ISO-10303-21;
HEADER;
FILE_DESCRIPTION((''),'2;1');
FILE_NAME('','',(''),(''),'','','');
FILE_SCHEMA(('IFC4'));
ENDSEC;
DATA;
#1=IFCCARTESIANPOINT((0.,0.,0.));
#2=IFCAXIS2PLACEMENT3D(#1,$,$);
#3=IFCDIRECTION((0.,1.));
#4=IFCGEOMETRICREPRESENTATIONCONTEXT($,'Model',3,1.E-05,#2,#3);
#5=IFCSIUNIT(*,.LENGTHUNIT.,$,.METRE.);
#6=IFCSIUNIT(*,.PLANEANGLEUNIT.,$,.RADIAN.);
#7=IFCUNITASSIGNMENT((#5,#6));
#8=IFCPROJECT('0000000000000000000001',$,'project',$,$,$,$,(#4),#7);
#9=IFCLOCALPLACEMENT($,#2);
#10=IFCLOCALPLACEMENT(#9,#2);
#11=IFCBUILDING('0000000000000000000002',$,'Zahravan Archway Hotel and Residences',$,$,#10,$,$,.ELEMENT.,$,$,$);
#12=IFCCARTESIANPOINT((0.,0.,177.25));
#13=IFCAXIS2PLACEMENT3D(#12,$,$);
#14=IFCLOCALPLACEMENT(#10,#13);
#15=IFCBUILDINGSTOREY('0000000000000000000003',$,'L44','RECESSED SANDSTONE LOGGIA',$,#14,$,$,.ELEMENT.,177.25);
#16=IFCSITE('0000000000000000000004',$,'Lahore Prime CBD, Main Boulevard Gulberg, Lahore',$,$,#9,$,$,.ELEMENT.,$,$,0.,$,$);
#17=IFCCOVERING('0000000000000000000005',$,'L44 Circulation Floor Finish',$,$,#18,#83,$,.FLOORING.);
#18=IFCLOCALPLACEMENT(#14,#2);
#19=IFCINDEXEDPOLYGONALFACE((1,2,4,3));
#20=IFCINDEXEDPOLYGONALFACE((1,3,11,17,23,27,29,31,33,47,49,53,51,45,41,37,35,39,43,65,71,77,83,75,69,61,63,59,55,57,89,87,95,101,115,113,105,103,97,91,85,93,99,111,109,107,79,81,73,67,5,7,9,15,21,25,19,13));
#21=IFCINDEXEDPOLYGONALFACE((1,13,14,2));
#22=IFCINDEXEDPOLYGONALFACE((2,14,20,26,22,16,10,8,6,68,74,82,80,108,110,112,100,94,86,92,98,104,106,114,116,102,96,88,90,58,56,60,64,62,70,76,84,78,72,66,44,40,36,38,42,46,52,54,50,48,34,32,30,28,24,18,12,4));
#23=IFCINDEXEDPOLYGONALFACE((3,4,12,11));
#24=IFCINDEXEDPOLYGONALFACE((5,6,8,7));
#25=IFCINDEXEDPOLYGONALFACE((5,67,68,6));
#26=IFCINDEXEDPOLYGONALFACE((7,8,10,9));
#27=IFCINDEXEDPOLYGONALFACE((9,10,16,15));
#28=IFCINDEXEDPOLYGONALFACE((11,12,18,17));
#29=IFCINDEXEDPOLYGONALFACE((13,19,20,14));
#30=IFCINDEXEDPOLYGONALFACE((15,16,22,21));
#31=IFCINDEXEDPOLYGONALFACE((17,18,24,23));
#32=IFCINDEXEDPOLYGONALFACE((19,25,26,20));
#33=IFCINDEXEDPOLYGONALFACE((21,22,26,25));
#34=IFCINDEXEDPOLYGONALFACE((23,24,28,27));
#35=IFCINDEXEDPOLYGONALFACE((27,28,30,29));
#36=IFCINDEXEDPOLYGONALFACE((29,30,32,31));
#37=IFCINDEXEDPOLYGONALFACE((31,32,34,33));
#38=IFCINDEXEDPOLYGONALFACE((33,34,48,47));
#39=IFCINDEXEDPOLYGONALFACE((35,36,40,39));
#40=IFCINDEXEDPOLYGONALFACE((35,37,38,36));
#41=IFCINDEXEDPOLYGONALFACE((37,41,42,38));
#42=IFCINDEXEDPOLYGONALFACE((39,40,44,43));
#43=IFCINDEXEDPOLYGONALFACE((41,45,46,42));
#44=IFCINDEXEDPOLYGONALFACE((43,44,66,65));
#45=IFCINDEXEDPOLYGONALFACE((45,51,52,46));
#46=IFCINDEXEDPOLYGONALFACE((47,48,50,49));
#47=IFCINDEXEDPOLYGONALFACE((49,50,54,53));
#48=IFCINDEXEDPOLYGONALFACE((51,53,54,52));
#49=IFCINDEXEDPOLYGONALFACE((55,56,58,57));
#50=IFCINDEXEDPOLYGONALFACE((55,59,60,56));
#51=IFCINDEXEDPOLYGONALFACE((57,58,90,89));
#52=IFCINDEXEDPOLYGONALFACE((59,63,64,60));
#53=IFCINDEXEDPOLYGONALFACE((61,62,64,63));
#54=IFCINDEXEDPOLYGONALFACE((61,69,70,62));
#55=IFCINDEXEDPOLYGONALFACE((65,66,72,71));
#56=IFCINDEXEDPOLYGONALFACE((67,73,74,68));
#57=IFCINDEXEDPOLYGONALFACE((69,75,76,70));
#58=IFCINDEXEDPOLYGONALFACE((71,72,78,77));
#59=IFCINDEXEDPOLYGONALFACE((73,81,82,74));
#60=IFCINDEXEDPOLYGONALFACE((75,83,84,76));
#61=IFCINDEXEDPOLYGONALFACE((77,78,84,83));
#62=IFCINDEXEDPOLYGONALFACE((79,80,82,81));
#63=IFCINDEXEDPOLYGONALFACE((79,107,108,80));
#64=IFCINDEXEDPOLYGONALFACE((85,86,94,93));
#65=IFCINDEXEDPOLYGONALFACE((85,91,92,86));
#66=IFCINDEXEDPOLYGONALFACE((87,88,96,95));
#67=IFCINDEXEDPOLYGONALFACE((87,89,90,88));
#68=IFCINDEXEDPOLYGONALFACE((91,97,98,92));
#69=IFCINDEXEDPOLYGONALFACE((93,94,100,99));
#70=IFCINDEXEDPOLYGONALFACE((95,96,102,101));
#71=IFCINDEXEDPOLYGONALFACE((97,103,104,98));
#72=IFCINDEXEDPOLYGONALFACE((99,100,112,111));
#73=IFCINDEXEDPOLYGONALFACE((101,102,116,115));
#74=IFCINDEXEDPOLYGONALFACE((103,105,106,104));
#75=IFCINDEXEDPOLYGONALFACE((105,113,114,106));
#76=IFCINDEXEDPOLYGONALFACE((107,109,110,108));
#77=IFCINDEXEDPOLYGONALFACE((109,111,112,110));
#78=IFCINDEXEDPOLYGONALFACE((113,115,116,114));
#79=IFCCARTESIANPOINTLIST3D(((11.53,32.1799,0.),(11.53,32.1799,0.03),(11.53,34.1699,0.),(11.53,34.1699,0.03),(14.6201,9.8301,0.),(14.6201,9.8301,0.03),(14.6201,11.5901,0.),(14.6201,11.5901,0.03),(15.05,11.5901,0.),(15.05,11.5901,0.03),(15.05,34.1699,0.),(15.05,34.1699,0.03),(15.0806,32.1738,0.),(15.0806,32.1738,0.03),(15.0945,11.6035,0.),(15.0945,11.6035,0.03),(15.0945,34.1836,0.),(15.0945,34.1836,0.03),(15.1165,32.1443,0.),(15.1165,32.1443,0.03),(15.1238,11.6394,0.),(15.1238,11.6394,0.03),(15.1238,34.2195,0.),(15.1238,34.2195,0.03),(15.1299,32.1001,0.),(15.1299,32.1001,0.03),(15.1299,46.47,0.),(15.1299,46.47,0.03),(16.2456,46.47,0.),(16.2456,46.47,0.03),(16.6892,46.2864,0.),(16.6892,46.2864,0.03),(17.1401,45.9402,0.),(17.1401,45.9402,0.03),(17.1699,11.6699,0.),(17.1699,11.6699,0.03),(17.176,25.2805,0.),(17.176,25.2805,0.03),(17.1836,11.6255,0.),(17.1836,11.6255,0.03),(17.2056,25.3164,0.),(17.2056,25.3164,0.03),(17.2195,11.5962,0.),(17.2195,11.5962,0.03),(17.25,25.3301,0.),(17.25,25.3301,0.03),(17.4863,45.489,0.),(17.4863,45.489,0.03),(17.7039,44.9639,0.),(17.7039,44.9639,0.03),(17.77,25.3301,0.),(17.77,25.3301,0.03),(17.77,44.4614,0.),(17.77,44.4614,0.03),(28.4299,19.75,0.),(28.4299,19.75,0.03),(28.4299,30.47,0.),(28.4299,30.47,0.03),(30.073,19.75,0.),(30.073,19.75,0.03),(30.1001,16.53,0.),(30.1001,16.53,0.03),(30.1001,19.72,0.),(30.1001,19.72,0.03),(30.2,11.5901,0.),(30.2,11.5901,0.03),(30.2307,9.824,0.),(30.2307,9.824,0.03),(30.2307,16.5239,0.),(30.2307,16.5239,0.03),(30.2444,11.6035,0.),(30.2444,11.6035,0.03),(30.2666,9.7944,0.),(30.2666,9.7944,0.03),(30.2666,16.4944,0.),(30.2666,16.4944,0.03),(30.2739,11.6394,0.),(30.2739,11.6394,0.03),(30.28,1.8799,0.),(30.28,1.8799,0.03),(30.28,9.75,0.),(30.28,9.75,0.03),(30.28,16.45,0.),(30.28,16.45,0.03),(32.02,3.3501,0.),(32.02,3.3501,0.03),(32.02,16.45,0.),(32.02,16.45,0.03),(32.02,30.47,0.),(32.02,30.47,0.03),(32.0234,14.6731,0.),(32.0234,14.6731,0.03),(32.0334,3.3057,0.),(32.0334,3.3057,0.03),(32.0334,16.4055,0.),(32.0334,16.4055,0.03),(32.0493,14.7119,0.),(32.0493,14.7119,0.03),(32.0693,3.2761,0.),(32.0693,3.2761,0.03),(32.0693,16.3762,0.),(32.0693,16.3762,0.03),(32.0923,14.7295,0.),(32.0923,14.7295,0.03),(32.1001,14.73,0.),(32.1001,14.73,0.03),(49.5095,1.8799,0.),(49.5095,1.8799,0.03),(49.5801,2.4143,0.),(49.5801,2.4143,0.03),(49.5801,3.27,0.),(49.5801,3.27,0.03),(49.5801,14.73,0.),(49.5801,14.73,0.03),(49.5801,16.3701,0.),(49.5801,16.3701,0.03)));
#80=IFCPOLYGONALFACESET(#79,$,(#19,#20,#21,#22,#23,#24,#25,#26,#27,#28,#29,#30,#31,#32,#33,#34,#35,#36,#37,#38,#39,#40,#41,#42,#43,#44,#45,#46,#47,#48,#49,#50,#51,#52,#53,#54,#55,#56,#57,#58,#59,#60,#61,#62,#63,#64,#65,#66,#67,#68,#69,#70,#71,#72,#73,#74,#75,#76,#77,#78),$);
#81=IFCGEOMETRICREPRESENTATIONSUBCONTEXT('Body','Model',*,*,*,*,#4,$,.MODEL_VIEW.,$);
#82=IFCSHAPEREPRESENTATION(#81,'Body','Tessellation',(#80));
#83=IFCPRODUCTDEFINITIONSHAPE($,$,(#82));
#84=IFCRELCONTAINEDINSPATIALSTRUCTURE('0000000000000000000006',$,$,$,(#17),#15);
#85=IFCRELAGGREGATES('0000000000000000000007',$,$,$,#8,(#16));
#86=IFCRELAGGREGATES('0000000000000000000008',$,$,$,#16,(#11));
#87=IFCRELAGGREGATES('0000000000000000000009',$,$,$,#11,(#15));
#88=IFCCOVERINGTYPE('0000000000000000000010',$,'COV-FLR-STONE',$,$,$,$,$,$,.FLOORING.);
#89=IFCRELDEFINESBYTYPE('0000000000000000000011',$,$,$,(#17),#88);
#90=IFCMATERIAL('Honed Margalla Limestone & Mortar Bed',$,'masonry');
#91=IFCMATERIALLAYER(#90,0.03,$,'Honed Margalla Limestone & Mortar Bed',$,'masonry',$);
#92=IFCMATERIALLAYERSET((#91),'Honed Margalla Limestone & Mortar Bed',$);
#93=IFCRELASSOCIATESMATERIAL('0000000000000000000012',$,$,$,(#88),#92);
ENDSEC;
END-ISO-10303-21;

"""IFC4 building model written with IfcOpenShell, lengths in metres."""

from ifc_helpers import new_model, si_unit, direction, frame, origin, place, context, subcontext, project, spatial, polyline, outline, extrude, material, layer, layer_set, type_object, element, save


model = new_model("IFC4")

# Units and contexts
model_context = context("Model", 3, precision=1e-05, world=origin(), true_north=direction((0.0, 1.0)))
body_context = subcontext(model_context, "Body", "Model", "MODEL_VIEW")
ifc_project = project(units=[si_unit("LENGTHUNIT", "METRE"), si_unit("PLANEANGLEUNIT", "RADIAN")], contexts=[model_context])

# Site, building, storey
site_placement = place(None, origin())
site = spatial("IfcSite", under=ifc_project, at=site_placement, Name="Lahore Prime CBD, Main Boulevard Gulberg, Lahore", CompositionType="ELEMENT", RefElevation=0.0)
building_placement = place(site_placement, origin())
building = spatial("IfcBuilding", under=site, at=building_placement, Name="Zahravan Archway Hotel and Residences", CompositionType="ELEMENT")
storey_placement = place(building_placement, frame((0.0, 0.0, 177.25)))
storey = spatial("IfcBuildingStorey", under=building, at=storey_placement, Name="L44", Description="RECESSED SANDSTONE LOGGIA", CompositionType="ELEMENT", Elevation=177.25)

# Covering
ifc_material_1 = material(Name="Honed Margalla Limestone & Mortar Bed", Category="masonry")
ifc_layer_1 = layer(ifc_material_1, 0.03, Name="Honed Margalla Limestone & Mortar Bed", Category="masonry")
ifc_layer_set_1 = layer_set([ifc_layer_1], Name="Honed Margalla Limestone & Mortar Bed")
covering_type_1 = type_object("IfcCoveringType", Name="COV-FLR-STONE", PredefinedType="FLOORING", material=ifc_layer_set_1)
covering_1_placement = place(storey_placement, origin())
element("IfcCovering", 1, at=covering_1_placement, inside=storey, type_object=covering_type_1, Name="L44 Circulation Floor Finish", PredefinedType="FLOORING", context=body_context, shape_type="SweptSolid", body=[
    extrude(outline(polyline([(32.0923, 14.7295), (32.0493, 14.7119), (32.0234, 14.6731), (32.02, 3.3501), (32.0334, 3.3057), (32.0693, 3.2761), (49.5801, 3.27), (49.5801, 2.4143), (49.5095, 1.8799), (30.28, 1.8799), (30.28, 9.75), (30.2666, 9.7944), (30.2307, 9.824), (14.6201, 9.8301), (14.6201, 11.5901), (15.05, 11.5901), (15.0945, 11.6035), (15.1238, 11.6394), (15.1299, 32.1001), (15.1165, 32.1443), (15.0806, 32.1738), (11.53, 32.1799), (11.53, 34.1699), (15.05, 34.1699), (15.0945, 34.1836), (15.1238, 34.2195), (15.1299, 46.47), (16.2456, 46.47), (16.6892, 46.2864), (17.1401, 45.9402), (17.4863, 45.489), (17.7039, 44.9639), (17.77, 44.4614), (17.77, 25.3301), (17.25, 25.3301), (17.2056, 25.3164), (17.176, 25.2805), (17.1699, 11.6699), (17.1836, 11.6255), (17.2195, 11.5962), (30.2, 11.5901), (30.2444, 11.6035), (30.2739, 11.6394), (30.28, 16.45), (30.2666, 16.4944), (30.2307, 16.5239), (30.1001, 16.53), (30.1001, 19.72), (30.073, 19.75), (28.4299, 19.75), (28.4299, 30.47), (32.02, 30.47), (32.02, 16.45), (32.0334, 16.4055), (32.0693, 16.3762), (49.5801, 16.3701), (49.5801, 14.73), (32.1001, 14.73), (32.0923, 14.7295)])), origin(), (0.0, 0.0, 1.0), 0.03),
])

save(model, "model.ifc")
